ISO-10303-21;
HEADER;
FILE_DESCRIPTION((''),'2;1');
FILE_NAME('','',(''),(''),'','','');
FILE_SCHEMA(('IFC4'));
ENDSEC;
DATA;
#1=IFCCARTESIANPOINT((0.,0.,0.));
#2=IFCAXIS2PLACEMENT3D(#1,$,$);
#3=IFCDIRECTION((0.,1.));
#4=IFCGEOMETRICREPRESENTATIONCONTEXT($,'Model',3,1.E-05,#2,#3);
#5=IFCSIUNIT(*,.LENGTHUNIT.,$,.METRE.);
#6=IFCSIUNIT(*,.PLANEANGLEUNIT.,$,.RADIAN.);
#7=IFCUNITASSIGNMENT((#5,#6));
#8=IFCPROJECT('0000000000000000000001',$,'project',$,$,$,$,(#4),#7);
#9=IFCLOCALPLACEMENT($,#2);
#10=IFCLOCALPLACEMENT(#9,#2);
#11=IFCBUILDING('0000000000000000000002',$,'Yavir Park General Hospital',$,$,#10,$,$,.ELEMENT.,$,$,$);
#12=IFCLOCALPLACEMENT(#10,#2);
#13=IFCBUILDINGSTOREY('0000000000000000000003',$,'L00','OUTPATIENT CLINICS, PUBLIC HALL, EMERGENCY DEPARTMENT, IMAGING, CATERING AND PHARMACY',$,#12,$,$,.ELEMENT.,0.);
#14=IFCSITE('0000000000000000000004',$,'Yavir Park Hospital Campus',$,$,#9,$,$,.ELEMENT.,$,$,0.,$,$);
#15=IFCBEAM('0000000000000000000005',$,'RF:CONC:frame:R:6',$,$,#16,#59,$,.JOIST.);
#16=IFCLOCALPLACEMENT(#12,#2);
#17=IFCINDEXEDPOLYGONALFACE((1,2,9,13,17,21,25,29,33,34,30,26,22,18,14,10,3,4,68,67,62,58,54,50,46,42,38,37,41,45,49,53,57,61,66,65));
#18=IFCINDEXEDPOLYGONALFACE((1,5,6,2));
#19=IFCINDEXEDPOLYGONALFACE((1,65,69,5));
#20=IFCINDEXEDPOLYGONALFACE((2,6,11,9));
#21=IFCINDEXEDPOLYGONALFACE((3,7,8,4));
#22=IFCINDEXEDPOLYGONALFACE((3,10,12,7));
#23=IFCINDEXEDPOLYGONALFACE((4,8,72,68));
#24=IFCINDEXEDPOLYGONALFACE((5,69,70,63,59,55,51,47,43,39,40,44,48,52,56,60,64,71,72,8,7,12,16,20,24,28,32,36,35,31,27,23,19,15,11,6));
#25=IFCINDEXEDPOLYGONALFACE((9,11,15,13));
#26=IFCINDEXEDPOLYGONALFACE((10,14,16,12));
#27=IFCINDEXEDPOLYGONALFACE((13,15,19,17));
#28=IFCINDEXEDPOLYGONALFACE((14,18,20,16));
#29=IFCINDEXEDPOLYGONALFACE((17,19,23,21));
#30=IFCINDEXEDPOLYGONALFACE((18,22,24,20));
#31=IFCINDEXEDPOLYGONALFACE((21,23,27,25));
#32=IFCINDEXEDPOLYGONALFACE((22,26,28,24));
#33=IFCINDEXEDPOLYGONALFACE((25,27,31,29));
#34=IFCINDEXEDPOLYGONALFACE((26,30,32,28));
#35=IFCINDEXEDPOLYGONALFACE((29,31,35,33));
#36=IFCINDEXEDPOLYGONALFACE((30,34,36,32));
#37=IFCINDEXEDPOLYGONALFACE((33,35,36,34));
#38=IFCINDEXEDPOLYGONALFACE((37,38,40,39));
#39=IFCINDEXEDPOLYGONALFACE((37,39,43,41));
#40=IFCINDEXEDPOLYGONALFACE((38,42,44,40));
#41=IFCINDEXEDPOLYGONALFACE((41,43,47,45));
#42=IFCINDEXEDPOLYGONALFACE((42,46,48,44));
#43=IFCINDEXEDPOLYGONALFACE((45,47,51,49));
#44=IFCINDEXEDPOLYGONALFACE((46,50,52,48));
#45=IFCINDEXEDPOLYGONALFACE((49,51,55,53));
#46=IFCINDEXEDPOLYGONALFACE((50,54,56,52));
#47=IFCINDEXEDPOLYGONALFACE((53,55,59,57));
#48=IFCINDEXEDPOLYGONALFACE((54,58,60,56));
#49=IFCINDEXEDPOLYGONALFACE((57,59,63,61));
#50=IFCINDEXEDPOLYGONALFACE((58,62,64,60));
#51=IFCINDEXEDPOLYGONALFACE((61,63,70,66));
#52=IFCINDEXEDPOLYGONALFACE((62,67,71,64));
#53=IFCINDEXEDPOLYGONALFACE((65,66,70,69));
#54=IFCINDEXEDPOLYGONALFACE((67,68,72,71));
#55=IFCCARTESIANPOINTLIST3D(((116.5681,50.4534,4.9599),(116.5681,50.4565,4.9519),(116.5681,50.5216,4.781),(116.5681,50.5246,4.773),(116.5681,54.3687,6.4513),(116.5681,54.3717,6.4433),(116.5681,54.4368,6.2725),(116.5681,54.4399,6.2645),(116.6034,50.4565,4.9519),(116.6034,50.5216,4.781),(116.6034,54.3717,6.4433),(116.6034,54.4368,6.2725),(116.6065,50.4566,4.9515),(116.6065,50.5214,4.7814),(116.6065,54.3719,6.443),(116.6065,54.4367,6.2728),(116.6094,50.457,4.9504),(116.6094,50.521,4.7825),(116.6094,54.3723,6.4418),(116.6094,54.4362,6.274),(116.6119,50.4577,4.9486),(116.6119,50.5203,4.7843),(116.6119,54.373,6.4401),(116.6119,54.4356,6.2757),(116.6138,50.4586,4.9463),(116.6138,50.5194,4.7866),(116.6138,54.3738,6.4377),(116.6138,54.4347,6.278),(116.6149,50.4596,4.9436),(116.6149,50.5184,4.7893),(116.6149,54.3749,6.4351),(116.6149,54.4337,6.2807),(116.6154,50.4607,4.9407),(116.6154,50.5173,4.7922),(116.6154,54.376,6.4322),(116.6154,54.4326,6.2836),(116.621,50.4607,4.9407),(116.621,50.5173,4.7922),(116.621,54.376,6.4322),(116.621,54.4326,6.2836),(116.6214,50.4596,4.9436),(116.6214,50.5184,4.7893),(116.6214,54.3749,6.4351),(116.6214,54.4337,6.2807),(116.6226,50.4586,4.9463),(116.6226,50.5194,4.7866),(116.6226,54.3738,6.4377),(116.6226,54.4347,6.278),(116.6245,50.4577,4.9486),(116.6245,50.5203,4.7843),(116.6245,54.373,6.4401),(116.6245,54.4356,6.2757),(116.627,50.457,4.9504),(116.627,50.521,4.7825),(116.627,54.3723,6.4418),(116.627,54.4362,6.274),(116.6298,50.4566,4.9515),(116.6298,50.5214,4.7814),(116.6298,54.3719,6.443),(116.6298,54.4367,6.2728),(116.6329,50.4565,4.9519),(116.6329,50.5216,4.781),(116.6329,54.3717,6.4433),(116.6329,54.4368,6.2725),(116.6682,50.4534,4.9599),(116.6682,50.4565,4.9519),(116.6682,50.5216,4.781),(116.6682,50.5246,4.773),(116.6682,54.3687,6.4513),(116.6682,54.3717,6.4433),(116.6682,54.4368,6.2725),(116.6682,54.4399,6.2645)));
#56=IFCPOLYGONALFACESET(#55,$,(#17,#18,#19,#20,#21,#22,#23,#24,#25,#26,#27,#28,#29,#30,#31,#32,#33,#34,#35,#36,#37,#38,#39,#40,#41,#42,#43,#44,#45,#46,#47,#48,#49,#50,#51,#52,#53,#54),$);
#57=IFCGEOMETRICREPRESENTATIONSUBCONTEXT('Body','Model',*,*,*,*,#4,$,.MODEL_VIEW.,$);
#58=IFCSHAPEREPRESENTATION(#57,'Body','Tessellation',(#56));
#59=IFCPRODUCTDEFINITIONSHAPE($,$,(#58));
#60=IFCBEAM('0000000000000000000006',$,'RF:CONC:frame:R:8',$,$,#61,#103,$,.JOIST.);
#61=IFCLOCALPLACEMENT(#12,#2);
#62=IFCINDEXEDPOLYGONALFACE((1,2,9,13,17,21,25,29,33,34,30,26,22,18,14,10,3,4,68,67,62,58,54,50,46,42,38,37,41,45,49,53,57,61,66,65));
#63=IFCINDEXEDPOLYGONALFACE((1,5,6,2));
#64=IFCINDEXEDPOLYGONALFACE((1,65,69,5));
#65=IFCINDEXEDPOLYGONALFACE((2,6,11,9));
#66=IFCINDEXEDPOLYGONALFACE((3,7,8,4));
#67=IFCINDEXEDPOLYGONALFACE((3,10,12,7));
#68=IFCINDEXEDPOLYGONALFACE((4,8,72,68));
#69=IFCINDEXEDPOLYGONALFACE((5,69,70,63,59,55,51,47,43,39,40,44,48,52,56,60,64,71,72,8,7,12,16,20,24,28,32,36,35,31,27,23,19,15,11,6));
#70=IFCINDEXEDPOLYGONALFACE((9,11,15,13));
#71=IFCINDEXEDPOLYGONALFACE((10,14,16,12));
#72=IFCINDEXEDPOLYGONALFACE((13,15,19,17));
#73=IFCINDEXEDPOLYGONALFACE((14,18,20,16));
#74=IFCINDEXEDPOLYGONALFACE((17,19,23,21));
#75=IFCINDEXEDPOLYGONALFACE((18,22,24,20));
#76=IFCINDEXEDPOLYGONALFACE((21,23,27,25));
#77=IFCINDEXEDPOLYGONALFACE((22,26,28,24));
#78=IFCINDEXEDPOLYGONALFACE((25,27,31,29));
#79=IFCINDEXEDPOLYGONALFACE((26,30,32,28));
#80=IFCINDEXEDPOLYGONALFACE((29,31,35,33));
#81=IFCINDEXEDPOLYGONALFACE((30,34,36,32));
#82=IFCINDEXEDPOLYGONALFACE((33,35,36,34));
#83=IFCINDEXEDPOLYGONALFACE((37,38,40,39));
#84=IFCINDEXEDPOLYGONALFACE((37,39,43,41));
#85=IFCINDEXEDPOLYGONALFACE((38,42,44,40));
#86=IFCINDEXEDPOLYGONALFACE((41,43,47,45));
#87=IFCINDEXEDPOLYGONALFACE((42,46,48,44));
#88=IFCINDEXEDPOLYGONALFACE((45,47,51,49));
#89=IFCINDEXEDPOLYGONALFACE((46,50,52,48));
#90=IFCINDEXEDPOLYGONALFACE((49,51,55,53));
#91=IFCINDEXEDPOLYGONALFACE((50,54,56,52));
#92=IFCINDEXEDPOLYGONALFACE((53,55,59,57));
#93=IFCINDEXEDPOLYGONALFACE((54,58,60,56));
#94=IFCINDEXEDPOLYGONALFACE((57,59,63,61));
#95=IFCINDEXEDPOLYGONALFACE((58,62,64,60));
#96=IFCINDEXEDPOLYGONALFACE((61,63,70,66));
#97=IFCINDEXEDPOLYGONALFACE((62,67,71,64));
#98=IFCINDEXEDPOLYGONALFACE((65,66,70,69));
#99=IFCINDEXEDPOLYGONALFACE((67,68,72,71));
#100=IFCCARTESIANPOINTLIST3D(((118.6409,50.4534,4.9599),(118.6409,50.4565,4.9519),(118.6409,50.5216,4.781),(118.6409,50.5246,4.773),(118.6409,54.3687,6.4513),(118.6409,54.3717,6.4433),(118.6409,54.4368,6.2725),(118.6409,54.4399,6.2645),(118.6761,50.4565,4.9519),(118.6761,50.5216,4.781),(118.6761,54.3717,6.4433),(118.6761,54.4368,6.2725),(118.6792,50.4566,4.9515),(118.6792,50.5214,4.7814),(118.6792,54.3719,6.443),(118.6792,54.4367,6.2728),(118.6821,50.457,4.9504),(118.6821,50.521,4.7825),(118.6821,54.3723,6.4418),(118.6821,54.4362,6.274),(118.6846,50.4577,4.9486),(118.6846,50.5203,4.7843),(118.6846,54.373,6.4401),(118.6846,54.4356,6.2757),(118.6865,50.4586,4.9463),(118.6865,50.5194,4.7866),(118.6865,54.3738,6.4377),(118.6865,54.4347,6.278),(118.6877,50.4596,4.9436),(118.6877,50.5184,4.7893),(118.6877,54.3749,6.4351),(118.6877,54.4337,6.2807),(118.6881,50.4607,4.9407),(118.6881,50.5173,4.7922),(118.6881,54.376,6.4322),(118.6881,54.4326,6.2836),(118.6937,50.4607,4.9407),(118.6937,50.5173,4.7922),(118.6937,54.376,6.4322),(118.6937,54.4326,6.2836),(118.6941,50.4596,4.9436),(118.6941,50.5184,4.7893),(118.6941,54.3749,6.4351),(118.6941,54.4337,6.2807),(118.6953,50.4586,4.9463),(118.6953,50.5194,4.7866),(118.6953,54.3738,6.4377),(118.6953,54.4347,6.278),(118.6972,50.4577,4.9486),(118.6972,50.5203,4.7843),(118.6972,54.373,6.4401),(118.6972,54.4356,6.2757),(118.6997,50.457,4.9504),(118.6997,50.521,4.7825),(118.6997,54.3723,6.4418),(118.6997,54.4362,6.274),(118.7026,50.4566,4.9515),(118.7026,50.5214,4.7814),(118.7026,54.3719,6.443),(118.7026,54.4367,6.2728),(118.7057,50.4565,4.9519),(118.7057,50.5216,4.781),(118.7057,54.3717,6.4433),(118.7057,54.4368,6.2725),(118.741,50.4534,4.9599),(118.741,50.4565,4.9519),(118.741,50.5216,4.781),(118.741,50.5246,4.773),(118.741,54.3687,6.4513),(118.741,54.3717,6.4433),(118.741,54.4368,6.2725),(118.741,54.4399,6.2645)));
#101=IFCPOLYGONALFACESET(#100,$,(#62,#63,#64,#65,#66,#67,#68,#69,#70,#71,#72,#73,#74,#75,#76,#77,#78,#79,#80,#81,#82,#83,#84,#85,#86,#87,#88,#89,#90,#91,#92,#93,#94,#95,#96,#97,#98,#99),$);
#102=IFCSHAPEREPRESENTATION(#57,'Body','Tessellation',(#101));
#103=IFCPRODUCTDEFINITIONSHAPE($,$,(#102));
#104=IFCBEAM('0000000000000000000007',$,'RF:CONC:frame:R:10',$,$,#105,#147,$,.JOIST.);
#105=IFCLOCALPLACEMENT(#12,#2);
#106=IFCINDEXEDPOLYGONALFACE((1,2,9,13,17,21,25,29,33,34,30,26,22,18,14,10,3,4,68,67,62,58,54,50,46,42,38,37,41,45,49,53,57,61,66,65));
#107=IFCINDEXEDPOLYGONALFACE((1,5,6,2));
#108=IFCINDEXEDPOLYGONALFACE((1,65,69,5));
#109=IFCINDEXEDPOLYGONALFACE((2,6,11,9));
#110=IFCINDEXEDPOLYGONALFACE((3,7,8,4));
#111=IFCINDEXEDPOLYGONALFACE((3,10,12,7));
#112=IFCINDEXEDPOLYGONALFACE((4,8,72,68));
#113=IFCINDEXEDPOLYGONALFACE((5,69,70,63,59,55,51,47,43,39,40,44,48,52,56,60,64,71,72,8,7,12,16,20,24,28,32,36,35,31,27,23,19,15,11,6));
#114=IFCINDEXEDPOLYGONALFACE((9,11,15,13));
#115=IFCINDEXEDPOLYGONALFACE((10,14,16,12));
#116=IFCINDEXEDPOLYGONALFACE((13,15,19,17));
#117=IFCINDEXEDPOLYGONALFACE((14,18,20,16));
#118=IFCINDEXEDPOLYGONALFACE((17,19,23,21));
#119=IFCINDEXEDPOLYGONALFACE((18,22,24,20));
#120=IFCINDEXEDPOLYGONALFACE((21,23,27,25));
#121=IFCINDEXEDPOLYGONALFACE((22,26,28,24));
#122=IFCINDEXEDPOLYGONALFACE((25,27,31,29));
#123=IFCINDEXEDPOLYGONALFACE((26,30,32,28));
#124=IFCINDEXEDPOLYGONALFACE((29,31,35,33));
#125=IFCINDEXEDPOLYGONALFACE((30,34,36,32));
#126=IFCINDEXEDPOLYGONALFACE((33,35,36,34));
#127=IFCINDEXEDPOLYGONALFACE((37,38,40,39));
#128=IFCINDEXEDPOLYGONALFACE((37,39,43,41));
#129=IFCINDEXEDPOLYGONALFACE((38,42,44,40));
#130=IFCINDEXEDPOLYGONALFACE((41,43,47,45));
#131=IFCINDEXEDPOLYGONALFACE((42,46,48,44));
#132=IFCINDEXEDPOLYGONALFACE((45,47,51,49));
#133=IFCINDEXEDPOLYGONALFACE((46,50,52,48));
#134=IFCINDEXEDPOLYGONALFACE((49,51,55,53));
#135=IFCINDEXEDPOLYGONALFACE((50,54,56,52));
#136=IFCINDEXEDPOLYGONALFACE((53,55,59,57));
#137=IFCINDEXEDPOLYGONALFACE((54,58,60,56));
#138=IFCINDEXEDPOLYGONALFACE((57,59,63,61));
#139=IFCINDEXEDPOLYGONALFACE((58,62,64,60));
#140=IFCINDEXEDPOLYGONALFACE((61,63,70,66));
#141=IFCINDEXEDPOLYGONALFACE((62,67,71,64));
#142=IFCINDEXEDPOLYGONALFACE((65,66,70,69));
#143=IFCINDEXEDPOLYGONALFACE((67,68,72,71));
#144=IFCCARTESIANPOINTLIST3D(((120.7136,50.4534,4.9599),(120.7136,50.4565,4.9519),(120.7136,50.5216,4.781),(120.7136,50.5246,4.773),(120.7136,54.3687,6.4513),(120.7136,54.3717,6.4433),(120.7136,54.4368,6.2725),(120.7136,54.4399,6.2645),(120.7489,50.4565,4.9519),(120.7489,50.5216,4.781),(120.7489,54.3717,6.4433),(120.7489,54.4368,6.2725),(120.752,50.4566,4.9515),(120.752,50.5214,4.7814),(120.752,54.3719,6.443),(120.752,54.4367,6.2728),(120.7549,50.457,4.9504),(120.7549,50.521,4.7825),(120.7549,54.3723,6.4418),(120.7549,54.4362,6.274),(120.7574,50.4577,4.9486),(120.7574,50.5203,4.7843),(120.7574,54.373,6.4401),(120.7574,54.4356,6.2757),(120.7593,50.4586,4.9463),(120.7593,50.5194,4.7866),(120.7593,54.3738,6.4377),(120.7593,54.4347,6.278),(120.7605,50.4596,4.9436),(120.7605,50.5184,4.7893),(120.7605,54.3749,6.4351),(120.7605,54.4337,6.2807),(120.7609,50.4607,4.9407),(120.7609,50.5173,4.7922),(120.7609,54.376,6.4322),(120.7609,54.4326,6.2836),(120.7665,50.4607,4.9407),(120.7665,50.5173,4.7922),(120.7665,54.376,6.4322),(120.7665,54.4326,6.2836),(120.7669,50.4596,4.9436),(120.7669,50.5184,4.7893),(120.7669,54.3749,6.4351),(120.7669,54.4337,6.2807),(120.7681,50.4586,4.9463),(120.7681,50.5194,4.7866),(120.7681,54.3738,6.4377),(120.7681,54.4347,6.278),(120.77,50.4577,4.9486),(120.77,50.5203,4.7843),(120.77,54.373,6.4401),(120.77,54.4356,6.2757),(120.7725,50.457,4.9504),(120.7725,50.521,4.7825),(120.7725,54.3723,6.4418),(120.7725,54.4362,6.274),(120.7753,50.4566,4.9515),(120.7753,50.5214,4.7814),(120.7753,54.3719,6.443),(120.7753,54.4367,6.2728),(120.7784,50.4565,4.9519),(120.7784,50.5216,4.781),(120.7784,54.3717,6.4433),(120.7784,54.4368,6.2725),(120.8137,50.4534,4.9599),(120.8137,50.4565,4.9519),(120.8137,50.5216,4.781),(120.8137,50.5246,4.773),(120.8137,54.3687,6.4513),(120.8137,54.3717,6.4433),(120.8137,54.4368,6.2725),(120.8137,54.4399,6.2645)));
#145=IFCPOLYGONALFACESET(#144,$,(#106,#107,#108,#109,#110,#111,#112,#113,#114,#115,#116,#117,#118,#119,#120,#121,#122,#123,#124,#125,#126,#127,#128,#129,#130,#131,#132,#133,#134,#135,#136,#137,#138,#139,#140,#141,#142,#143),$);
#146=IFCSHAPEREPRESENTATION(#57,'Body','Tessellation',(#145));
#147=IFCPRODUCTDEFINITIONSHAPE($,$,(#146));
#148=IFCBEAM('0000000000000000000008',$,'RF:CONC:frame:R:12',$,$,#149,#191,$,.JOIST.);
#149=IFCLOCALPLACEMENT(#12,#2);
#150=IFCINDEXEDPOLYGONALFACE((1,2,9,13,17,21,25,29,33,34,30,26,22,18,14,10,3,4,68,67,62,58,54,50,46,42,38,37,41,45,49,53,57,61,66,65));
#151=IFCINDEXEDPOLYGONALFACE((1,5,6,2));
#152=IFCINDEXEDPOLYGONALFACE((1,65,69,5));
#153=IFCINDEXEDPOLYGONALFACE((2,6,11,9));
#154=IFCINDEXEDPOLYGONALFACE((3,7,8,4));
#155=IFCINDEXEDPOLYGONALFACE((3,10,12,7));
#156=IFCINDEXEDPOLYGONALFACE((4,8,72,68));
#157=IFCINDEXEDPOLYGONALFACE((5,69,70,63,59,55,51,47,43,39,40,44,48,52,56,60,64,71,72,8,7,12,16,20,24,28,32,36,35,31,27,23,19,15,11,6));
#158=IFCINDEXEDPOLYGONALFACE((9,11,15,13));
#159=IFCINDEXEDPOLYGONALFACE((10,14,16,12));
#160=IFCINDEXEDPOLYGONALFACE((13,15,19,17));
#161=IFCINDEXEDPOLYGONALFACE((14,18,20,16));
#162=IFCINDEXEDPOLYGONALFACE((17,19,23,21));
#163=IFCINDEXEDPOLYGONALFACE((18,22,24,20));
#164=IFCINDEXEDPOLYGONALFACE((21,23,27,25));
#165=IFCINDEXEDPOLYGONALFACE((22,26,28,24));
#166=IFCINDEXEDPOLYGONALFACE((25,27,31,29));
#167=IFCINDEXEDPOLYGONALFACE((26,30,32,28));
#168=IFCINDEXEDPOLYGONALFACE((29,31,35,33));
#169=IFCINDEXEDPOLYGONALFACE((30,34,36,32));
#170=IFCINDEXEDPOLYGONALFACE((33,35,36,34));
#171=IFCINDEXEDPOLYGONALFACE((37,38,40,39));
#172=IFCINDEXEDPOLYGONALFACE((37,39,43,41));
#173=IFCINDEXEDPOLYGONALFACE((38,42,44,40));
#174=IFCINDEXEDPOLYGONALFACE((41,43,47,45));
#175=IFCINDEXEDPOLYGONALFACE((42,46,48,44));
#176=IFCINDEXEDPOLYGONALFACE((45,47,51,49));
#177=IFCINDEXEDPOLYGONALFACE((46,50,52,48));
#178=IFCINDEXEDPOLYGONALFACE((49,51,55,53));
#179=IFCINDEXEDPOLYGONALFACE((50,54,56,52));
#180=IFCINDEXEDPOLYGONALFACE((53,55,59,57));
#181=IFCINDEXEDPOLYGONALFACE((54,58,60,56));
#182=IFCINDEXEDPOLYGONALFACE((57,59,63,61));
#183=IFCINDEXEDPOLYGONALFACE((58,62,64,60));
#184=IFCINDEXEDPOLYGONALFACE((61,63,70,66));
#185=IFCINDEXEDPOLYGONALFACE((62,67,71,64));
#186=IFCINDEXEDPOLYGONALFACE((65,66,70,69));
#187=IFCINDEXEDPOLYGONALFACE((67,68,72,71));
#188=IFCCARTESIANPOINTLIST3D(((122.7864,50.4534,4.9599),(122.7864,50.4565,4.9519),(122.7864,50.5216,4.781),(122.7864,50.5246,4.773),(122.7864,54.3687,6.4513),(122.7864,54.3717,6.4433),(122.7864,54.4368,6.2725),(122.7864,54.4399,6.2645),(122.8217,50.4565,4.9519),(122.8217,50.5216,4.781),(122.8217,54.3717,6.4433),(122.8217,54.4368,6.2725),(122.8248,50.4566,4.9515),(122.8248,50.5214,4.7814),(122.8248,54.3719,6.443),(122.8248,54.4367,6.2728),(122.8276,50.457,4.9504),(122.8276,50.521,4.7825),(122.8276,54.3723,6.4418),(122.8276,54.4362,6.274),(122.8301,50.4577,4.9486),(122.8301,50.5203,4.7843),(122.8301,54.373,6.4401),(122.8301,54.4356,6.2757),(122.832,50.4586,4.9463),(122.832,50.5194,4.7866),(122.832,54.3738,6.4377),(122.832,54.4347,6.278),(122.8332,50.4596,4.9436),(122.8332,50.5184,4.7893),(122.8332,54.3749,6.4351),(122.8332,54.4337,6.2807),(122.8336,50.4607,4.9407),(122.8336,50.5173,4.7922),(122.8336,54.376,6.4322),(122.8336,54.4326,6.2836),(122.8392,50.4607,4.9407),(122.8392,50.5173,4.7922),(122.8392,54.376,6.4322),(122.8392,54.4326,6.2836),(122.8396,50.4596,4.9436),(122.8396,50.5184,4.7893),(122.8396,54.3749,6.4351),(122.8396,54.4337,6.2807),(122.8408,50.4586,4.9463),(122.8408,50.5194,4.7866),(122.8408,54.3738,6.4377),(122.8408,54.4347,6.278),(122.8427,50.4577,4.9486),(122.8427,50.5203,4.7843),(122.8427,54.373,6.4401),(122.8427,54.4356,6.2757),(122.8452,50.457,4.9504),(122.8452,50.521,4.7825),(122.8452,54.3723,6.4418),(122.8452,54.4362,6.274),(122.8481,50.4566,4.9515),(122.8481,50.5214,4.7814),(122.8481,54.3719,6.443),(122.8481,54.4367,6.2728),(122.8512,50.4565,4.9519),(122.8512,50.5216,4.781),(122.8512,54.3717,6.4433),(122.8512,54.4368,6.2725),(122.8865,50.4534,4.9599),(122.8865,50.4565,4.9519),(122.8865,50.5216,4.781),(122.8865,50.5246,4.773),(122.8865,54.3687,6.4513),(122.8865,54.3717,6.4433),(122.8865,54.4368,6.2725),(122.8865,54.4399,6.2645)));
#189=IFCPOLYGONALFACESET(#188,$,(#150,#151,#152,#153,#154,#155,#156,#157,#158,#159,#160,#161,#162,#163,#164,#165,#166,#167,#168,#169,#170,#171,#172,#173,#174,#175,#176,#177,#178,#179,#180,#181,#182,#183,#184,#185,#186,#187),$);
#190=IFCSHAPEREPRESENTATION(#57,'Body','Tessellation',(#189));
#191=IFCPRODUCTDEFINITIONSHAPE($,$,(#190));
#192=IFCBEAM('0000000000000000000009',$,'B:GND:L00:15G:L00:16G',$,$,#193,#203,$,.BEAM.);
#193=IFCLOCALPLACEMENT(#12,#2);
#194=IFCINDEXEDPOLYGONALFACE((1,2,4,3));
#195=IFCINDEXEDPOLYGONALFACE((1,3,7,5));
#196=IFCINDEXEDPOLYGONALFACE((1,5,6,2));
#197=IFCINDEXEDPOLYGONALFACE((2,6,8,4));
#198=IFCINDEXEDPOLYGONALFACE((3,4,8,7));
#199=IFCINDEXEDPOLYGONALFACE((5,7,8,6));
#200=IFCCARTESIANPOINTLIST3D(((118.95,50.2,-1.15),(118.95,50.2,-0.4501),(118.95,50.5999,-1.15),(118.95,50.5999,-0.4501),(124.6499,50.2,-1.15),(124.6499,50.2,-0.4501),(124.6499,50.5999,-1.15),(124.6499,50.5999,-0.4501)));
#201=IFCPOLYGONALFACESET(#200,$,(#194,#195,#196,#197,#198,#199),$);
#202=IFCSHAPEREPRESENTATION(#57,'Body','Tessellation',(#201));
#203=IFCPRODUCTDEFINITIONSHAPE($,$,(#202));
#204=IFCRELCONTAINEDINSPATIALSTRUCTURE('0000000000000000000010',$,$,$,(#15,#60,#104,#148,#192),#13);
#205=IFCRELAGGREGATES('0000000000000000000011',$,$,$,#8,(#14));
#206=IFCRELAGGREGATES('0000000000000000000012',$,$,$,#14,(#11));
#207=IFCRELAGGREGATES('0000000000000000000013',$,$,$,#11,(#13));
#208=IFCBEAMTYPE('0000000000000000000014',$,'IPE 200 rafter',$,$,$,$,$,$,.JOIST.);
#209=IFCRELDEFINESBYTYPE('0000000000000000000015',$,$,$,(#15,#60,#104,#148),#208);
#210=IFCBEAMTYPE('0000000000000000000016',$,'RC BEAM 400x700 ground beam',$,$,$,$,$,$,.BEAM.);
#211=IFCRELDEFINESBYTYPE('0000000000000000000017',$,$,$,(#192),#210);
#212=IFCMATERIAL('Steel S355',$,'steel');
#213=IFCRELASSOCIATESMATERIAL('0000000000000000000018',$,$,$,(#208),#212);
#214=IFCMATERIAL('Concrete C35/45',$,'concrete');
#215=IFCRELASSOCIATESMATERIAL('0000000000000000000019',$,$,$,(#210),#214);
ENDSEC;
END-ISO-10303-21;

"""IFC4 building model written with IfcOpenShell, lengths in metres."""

from ifc_helpers import new_model, si_unit, direction, frame, origin, origin_2d, place, context, subcontext, project, spatial, rectangle, i_section, extrude, material, material_profile, profile_set, type_object, element, save


model = new_model("IFC4")

# Units and contexts
model_context = context("Model", 3, precision=1e-05, world=origin(), true_north=direction((0.0, 1.0)))
body_context = subcontext(model_context, "Body", "Model", "MODEL_VIEW")
ifc_project = project(units=[si_unit("LENGTHUNIT", "METRE"), si_unit("PLANEANGLEUNIT", "RADIAN")], contexts=[model_context])

# Site, building, storey
site_placement = place(None, origin())
site = spatial("IfcSite", under=ifc_project, at=site_placement, Name="Yavir Park Hospital Campus", CompositionType="ELEMENT", RefElevation=0.0)
building_placement = place(site_placement, origin())
building = spatial("IfcBuilding", under=site, at=building_placement, Name="Yavir Park General Hospital", CompositionType="ELEMENT")
storey_placement = place(building_placement, origin())
storey = spatial("IfcBuildingStorey", under=building, at=storey_placement, Name="L00", Description="OUTPATIENT CLINICS, PUBLIC HALL, EMERGENCY DEPARTMENT, IMAGING, CATERING AND PHARMACY", CompositionType="ELEMENT", Elevation=0.0)

# Beams
ifc_material_1 = material(Name="Steel S355", Category="steel")
ifc_material_profile_1 = material_profile(ifc_material_1, i_section(OverallWidth=0.1001, OverallDepth=0.2, WebThickness=0.0056, FlangeThickness=0.0085, FilletRadius=0.012, at=origin_2d()), Name="IPE200")
ifc_profile_set_1 = profile_set([ifc_material_profile_1], Name="Steel S355")
beam_type_1 = type_object("IfcBeamType", Name="IPE 200 rafter", PredefinedType="JOIST", material=ifc_profile_set_1)
for number, where, z_axis, x_axis, name in (
    (1, (116.6182, 50.489, 4.8665), (0.0, 0.934494, 0.355978), (-1.0, 0.0, 0.0), "RF:CONC:frame:R:6"),
    (2, (118.6909, 50.489, 4.8665), (0.0, 0.934494, 0.355978), (-1.0, 0.0, 0.0), "RF:CONC:frame:R:8"),
    (3, (120.7637, 50.489, 4.8665), (0.0, 0.934494, 0.355978), (-1.0, 0.0, 0.0), "RF:CONC:frame:R:10"),
    (4, (122.8364, 50.489, 4.8665), (0.0, 0.934494, 0.355978), (-1.0, 0.0, 0.0), "RF:CONC:frame:R:12"),
):
    element("IfcBeam", number, at=place(storey_placement, frame(where, z_axis=z_axis, x_axis=x_axis)), inside=storey, type_object=beam_type_1, Name=name, PredefinedType="JOIST", context=body_context, shape_type="SweptSolid", body=[
        extrude(i_section(OverallWidth=0.1001, OverallDepth=0.2, WebThickness=0.0056, FlangeThickness=0.0085, FilletRadius=0.012, at=origin_2d()), origin(), (0.0, 0.0, 1.0), 4.1897),
    ])
ifc_material_2 = material(Name="Concrete C35/45", Category="concrete")
ifc_material_profile_2 = material_profile(ifc_material_2, rectangle(XDim=0.3999, YDim=0.7, at=origin_2d()), Name="RC400x700")
ifc_profile_set_2 = profile_set([ifc_material_profile_2], Name="Concrete C35/45")
beam_type_2 = type_object("IfcBeamType", Name="RC BEAM 400x700 ground beam", PredefinedType="BEAM", material=ifc_profile_set_2)
beam_1_placement = place(storey_placement, frame((118.95, 50.3999, -0.8), z_axis=(1.0, 0.0, 0.0), x_axis=(0.0, 1.0, 0.0)))
element("IfcBeam", 5, at=beam_1_placement, inside=storey, type_object=beam_type_2, Name="B:GND:L00:15G:L00:16G", PredefinedType="BEAM", context=body_context, shape_type="SweptSolid", body=[
    extrude(rectangle(XDim=0.3999, YDim=0.7, at=origin_2d()), origin(), (0.0, 0.0, 1.0), 5.7),
])

save(model, "model.ifc")
